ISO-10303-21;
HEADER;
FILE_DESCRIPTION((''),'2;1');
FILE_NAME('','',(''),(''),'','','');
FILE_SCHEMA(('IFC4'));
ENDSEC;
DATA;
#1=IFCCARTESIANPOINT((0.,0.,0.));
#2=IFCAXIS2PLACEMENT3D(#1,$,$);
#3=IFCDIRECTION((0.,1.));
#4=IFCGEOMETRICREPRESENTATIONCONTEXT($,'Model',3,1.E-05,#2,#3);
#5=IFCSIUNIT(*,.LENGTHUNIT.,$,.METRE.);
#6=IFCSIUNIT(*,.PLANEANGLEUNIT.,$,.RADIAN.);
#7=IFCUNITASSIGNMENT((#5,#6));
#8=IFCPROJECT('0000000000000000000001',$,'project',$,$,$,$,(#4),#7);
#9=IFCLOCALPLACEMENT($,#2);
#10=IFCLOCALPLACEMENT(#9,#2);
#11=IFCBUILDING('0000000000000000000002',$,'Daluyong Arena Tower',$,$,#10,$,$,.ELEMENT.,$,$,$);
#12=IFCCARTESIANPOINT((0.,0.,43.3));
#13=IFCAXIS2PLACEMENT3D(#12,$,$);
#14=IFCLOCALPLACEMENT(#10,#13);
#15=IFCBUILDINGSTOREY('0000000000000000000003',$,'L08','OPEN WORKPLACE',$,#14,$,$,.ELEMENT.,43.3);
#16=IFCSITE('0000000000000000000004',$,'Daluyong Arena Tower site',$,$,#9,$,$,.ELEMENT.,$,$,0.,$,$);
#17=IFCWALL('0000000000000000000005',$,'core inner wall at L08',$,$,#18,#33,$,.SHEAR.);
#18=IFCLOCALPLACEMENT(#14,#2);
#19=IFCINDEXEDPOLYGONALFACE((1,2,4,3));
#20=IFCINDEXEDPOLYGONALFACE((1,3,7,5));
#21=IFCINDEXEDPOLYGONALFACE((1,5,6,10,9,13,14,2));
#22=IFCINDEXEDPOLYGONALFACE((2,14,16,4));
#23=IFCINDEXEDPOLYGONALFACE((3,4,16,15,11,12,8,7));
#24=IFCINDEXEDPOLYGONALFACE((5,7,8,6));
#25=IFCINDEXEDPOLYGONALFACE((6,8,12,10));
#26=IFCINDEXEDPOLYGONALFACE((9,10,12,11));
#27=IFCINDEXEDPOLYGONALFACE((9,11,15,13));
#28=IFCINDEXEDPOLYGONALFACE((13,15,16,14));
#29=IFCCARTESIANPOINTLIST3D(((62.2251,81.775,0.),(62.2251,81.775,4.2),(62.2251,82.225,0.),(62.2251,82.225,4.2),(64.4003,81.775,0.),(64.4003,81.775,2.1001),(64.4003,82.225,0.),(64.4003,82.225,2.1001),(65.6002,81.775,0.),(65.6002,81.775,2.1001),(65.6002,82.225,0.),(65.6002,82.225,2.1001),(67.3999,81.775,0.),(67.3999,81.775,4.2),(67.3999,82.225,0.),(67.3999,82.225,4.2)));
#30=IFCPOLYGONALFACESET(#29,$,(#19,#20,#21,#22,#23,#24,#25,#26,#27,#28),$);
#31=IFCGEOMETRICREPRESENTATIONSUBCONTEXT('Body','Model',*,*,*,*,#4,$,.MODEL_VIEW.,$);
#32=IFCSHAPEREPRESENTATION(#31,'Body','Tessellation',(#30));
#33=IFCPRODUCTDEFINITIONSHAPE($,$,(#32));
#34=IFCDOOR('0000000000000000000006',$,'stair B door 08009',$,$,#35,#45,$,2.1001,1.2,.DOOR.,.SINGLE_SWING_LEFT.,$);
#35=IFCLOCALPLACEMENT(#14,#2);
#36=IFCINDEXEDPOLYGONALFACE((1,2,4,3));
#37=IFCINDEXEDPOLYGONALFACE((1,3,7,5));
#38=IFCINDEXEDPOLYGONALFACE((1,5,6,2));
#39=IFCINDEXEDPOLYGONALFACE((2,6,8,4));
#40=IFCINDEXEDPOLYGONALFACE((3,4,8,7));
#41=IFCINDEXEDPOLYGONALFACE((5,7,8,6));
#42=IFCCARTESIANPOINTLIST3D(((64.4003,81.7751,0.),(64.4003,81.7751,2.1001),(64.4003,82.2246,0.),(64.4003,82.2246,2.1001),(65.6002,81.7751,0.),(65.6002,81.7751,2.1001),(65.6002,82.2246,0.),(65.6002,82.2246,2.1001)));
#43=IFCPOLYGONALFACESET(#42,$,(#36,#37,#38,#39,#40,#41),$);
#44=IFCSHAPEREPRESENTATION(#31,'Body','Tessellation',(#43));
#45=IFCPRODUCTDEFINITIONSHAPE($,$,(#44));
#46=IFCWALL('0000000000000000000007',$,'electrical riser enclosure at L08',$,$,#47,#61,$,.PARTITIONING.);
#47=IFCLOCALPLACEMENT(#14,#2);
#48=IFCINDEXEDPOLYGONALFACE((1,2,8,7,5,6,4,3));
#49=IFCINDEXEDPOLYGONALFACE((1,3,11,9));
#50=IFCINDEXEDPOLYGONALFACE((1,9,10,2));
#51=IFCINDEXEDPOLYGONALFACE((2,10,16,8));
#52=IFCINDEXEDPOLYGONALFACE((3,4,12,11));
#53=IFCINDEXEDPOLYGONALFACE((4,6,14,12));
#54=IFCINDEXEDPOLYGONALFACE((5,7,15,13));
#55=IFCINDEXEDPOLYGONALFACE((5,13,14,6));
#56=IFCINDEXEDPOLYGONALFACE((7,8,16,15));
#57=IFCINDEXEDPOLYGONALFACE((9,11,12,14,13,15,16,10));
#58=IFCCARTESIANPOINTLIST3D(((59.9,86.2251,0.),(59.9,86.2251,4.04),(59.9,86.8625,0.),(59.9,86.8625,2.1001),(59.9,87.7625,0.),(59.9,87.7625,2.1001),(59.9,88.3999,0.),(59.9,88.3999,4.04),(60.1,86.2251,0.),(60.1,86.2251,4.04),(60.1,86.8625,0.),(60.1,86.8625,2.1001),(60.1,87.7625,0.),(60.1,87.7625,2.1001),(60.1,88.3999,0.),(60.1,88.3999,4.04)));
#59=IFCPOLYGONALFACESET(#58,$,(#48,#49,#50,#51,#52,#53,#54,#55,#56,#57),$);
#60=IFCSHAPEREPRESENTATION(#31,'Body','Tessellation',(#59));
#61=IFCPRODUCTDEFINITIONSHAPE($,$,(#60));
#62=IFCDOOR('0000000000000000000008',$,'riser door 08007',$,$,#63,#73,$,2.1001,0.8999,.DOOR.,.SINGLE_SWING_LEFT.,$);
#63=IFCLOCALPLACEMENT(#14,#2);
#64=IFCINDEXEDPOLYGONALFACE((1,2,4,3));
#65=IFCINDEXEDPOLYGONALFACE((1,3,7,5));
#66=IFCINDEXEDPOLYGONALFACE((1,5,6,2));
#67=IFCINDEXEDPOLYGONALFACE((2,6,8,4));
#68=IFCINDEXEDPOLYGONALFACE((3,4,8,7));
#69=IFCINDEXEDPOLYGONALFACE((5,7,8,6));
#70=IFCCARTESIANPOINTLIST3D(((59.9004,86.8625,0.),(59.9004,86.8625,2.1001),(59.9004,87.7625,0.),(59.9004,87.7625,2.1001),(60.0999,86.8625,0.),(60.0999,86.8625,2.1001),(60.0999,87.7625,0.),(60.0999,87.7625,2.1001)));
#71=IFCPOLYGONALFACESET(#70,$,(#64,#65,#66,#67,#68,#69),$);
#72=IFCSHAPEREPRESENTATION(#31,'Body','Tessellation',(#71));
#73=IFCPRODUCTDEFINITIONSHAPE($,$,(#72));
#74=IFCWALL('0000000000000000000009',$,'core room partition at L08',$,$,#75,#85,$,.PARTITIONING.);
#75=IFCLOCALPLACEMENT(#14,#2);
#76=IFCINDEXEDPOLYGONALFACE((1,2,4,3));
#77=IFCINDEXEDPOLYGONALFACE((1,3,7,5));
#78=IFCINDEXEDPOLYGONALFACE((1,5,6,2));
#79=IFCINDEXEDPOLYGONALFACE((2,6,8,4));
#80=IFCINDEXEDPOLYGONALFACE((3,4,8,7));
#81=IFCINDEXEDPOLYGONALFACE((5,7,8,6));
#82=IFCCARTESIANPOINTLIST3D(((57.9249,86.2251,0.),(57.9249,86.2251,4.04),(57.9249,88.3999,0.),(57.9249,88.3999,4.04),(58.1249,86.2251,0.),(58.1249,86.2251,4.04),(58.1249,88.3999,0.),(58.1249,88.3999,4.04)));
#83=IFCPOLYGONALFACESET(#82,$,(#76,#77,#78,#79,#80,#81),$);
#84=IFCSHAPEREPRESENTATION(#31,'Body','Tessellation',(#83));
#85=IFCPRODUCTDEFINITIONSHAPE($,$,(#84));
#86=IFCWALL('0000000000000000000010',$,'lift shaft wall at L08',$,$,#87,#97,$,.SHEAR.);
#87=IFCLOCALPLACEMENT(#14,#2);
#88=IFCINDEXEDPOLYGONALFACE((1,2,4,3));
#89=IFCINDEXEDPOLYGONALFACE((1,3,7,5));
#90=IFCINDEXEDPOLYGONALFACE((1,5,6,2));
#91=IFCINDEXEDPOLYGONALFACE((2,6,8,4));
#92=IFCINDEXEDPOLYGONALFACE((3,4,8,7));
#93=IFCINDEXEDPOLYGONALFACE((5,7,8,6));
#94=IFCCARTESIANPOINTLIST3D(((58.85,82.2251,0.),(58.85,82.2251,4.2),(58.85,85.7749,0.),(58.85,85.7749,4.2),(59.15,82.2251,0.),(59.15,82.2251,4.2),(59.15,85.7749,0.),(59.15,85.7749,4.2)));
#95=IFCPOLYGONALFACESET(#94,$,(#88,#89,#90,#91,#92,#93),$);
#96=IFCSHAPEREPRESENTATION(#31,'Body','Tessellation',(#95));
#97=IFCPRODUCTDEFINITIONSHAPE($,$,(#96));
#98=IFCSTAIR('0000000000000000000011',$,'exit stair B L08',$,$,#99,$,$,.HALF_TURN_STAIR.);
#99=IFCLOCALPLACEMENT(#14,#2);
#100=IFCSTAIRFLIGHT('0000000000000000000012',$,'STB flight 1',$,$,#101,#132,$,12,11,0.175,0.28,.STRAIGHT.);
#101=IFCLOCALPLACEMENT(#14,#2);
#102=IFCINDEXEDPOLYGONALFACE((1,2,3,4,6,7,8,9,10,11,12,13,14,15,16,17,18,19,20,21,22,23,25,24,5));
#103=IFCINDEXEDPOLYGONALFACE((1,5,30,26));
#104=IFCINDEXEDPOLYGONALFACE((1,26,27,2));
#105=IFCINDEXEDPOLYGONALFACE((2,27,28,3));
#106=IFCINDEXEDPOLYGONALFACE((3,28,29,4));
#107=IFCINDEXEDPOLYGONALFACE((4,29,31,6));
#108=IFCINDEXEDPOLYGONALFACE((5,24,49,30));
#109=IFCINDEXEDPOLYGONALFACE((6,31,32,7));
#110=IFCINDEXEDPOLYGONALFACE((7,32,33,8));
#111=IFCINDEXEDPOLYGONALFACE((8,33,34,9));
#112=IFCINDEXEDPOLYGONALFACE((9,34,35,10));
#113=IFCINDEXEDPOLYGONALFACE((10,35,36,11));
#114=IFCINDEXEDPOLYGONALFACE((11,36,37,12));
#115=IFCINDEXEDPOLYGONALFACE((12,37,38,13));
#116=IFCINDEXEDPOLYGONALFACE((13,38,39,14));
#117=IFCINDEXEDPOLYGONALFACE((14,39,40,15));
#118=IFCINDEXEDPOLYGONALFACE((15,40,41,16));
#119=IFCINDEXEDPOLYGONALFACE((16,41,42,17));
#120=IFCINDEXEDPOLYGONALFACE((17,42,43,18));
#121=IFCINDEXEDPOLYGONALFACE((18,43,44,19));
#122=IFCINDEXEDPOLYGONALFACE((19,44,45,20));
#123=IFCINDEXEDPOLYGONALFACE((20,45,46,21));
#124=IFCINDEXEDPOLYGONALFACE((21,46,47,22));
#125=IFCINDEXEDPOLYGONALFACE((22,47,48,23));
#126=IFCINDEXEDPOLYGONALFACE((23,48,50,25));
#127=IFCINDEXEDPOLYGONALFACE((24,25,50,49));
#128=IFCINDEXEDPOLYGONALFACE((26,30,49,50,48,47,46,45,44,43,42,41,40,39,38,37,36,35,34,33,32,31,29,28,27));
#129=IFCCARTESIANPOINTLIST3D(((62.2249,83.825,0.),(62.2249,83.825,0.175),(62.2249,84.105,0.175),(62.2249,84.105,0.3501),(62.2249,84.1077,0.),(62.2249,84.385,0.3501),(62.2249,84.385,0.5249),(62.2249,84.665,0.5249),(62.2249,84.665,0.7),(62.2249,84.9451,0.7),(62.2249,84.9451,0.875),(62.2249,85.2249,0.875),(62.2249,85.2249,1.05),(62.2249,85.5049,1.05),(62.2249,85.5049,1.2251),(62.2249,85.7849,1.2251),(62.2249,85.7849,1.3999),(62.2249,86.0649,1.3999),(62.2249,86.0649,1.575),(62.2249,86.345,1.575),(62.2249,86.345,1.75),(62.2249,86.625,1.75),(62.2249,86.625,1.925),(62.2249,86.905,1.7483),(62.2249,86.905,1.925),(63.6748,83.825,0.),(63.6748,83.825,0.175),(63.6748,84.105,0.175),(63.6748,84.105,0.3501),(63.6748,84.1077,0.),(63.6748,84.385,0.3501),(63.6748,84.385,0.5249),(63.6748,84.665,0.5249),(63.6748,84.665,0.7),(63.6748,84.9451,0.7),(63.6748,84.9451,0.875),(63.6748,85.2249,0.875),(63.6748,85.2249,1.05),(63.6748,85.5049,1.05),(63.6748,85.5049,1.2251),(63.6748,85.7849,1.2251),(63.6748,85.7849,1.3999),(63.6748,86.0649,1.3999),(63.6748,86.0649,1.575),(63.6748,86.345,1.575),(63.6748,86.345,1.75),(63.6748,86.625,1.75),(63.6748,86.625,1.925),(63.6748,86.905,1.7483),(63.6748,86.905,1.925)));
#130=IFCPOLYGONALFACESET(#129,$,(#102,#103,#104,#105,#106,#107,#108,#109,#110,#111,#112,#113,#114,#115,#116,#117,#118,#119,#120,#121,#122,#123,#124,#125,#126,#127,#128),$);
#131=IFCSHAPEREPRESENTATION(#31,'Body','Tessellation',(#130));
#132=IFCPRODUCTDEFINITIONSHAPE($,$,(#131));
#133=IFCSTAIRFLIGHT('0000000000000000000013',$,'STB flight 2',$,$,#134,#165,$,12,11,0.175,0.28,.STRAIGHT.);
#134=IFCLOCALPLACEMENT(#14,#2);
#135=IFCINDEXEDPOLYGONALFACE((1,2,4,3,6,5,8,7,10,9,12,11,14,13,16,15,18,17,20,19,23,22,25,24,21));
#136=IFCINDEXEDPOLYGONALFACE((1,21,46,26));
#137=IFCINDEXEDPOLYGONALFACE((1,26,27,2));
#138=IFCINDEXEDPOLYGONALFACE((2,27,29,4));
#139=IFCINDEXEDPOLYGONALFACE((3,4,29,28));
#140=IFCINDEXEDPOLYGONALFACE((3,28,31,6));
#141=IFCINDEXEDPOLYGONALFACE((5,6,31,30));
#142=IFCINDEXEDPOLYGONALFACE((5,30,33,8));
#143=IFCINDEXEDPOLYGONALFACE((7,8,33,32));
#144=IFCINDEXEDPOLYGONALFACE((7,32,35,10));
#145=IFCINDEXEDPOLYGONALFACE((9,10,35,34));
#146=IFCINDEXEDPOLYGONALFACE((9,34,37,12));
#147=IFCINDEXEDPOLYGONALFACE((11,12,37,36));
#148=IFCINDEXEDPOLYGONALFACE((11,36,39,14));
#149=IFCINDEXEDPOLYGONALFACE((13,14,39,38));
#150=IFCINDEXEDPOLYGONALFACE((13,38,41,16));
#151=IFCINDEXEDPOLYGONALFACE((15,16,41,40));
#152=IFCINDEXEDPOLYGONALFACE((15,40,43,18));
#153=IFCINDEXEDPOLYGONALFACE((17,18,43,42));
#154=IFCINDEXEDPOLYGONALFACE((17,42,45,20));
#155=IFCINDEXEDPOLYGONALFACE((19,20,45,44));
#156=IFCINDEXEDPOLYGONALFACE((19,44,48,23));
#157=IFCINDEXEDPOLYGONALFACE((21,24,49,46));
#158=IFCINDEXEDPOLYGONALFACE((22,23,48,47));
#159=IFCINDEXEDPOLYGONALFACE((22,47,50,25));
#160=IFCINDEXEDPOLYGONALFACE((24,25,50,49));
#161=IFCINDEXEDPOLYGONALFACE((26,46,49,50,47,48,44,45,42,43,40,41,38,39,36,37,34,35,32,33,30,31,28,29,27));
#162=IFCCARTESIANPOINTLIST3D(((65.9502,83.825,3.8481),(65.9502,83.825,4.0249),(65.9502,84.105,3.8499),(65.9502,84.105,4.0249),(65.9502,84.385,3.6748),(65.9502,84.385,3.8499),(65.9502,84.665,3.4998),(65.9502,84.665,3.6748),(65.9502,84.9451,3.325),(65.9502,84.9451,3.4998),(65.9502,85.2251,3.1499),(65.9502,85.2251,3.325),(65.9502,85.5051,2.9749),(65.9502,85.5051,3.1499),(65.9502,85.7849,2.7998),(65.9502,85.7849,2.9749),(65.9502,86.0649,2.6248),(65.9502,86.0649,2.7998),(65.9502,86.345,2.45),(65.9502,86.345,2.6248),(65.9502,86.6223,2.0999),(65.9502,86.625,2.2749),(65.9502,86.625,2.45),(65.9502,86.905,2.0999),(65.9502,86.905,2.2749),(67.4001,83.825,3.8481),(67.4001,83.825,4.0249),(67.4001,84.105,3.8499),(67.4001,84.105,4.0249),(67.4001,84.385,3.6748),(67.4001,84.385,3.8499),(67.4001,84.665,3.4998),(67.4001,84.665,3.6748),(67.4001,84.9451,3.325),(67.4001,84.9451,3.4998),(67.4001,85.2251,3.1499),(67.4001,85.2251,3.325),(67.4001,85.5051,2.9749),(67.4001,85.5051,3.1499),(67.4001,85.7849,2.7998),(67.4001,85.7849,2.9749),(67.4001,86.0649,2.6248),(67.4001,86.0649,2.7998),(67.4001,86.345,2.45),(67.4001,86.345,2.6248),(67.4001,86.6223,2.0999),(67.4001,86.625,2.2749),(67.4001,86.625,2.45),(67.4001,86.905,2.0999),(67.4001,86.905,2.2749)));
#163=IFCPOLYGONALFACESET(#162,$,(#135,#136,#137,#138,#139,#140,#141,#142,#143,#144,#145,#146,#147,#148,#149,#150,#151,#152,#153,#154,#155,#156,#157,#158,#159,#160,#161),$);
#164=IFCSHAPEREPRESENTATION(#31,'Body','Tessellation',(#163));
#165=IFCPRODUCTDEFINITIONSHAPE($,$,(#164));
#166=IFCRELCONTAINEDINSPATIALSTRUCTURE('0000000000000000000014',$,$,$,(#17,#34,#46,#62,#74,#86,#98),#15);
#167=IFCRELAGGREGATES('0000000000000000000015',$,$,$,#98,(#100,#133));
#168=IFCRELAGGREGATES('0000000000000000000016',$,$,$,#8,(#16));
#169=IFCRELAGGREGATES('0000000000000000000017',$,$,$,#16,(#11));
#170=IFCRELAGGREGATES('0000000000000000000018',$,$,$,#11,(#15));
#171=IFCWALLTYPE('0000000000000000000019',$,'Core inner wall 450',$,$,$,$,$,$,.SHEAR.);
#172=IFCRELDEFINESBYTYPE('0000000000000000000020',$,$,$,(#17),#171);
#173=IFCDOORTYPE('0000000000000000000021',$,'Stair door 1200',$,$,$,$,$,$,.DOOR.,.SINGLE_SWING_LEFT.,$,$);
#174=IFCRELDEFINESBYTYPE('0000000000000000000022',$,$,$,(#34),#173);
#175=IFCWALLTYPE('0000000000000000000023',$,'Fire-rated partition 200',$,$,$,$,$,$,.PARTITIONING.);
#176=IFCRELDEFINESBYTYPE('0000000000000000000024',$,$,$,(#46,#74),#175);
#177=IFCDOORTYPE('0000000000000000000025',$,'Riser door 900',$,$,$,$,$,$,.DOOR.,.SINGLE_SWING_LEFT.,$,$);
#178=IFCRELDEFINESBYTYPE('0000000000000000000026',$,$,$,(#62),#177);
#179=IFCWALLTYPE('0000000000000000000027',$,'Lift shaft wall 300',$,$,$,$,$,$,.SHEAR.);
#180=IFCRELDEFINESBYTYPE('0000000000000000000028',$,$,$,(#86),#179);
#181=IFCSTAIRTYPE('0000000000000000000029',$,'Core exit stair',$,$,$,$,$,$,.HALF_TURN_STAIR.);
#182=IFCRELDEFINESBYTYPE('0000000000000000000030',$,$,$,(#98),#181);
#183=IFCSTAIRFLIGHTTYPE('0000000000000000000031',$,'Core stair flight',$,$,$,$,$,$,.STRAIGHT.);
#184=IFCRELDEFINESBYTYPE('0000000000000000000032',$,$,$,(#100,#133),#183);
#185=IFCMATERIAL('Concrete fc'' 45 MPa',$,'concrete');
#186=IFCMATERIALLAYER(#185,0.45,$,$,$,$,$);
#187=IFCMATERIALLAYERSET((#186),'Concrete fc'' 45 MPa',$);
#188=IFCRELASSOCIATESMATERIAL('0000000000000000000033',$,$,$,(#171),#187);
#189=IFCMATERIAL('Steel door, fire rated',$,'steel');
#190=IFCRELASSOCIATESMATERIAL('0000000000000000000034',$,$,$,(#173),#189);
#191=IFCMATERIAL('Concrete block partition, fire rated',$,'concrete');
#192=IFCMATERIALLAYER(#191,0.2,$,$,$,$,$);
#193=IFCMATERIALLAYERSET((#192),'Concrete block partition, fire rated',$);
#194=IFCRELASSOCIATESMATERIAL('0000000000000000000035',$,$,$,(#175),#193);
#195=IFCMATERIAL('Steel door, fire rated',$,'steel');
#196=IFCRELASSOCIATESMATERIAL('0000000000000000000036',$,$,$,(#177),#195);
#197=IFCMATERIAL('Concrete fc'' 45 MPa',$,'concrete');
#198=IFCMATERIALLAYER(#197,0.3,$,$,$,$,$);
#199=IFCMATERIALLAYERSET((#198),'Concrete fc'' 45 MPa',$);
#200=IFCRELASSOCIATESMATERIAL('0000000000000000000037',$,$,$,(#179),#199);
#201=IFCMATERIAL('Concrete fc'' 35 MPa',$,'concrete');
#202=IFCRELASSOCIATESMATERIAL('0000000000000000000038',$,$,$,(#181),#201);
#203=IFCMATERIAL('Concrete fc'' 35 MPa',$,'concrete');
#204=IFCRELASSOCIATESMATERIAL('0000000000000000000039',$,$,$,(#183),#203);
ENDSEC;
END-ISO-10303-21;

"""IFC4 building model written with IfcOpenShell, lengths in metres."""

from ifc_helpers import new_model, si_unit, direction, frame, frame_2d, origin, place, context, subcontext, project, spatial, polyline, rectangle, outline, extrude, material, layer, layer_set, type_object, element, fill, aggregate, save


model = new_model("IFC4")

# Units and contexts
model_context = context("Model", 3, precision=1e-05, world=origin(), true_north=direction((0.0, 1.0)))
body_context = subcontext(model_context, "Body", "Model", "MODEL_VIEW")
ifc_project = project(units=[si_unit("LENGTHUNIT", "METRE"), si_unit("PLANEANGLEUNIT", "RADIAN")], contexts=[model_context])

# Site, building, storey
site_placement = place(None, origin())
site = spatial("IfcSite", under=ifc_project, at=site_placement, Name="Daluyong Arena Tower site", CompositionType="ELEMENT", RefElevation=0.0)
building_placement = place(site_placement, origin())
building = spatial("IfcBuilding", under=site, at=building_placement, Name="Daluyong Arena Tower", CompositionType="ELEMENT")
storey_placement = place(building_placement, frame((0.0, 0.0, 43.3)))
storey = spatial("IfcBuildingStorey", under=building, at=storey_placement, Name="L08", Description="OPEN WORKPLACE", CompositionType="ELEMENT", Elevation=43.3)

# Walls, openings, doors
ifc_material_1 = material(Name="Concrete fc' 45 MPa", Category="concrete")
ifc_layer_1 = layer(ifc_material_1, 0.45)
ifc_layer_set_1 = layer_set([ifc_layer_1], Name="Concrete fc' 45 MPa")
wall_type_1 = type_object("IfcWallType", Name="Core inner wall 450", PredefinedType="SHEAR", material=ifc_layer_set_1)
wall_1_placement = place(storey_placement, frame((62.2251, 82.0, 0.0), z_axis=(0.0, 0.0, 1.0), x_axis=(1.0, 0.0, 0.0)))
wall_1 = element("IfcWall", 1, at=wall_1_placement, inside=storey, type_object=wall_type_1, Name="core inner wall at L08", PredefinedType="SHEAR", context=body_context, shape_type="SweptSolid", body=[
    extrude(rectangle(XDim=5.1748, YDim=0.45, at=frame_2d((2.5874, 0.0))), origin(), (0.0, 0.0, 1.0), 4.2),
])
opening_1_placement = place(wall_1_placement, frame((2.175, 0.0, 0.0)))
opening_1 = element("IfcOpeningElement", 2, at=opening_1_placement, cuts=wall_1, PredefinedType="OPENING", context=body_context, shape_type="SweptSolid", body=[
    extrude(rectangle(XDim=1.2, YDim=2.1001, at=frame_2d((0.6001, 1.05))), frame((0.0, 0.2349, 0.0), z_axis=(0.0, -1.0, 0.0), x_axis=(1.0, 0.0, 0.0)), (0.0, 0.0, 1.0), 0.47),
])
ifc_material_2 = material(Name="Steel door, fire rated", Category="steel")
door_type_1 = type_object("IfcDoorType", Name="Stair door 1200", OperationType="SINGLE_SWING_LEFT", PredefinedType="DOOR", material=ifc_material_2)
door_1_placement = place(opening_1_placement, origin())
door_1 = element("IfcDoor", 3, at=door_1_placement, inside=storey, type_object=door_type_1, Name="stair B door 08009", OperationType="SINGLE_SWING_LEFT", OverallHeight=2.1001, OverallWidth=1.2, PredefinedType="DOOR", context=body_context, shape_type="SweptSolid", body=[
    extrude(rectangle(XDim=1.2, YDim=2.1001, at=frame_2d((0.6001, 1.05))), frame((0.0, 0.2246, 0.0), z_axis=(0.0, -1.0, 0.0), x_axis=(1.0, 0.0, 0.0)), (0.0, 0.0, 1.0), 0.4495),
])
fill(opening_1, door_1)
ifc_material_3 = material(Name="Concrete block partition, fire rated", Category="concrete")
ifc_layer_2 = layer(ifc_material_3, 0.2)
ifc_layer_set_2 = layer_set([ifc_layer_2], Name="Concrete block partition, fire rated")
wall_type_2 = type_object("IfcWallType", Name="Fire-rated partition 200", PredefinedType="PARTITIONING", material=ifc_layer_set_2)
wall_2_placement = place(storey_placement, frame((60.0, 86.2251, 0.0), z_axis=(0.0, 0.0, 1.0), x_axis=(0.0, 1.0, 0.0)))
wall_2 = element("IfcWall", 4, at=wall_2_placement, inside=storey, type_object=wall_type_2, Name="electrical riser enclosure at L08", PredefinedType="PARTITIONING", context=body_context, shape_type="SweptSolid", body=[
    extrude(rectangle(XDim=2.1748, YDim=0.2, at=frame_2d((1.0874, 0.0))), origin(), (0.0, 0.0, 1.0), 4.04),
])
opening_2_placement = place(wall_2_placement, frame((0.6375, 0.0, 0.0)))
opening_2 = element("IfcOpeningElement", 5, at=opening_2_placement, cuts=wall_2, PredefinedType="OPENING", context=body_context, shape_type="SweptSolid", body=[
    extrude(rectangle(XDim=0.8999, YDim=2.1001, at=frame_2d((0.45, 1.05))), frame((0.0, 0.1099, 0.0), z_axis=(0.0, -1.0, 0.0), x_axis=(1.0, 0.0, 0.0)), (0.0, 0.0, 1.0), 0.22),
])
ifc_material_4 = material(Name="Steel door, fire rated", Category="steel")
door_type_2 = type_object("IfcDoorType", Name="Riser door 900", OperationType="SINGLE_SWING_LEFT", PredefinedType="DOOR", material=ifc_material_4)
door_2_placement = place(opening_2_placement, origin())
door_2 = element("IfcDoor", 6, at=door_2_placement, inside=storey, type_object=door_type_2, Name="riser door 08007", OperationType="SINGLE_SWING_LEFT", OverallHeight=2.1001, OverallWidth=0.8999, PredefinedType="DOOR", context=body_context, shape_type="SweptSolid", body=[
    extrude(rectangle(XDim=0.8999, YDim=2.1001, at=frame_2d((0.45, 1.05))), frame((0.0, 0.0996, 0.0), z_axis=(0.0, -1.0, 0.0), x_axis=(1.0, 0.0, 0.0)), (0.0, 0.0, 1.0), 0.1995),
])
fill(opening_2, door_2)

# Walls
wall_3_placement = place(storey_placement, frame((58.0249, 86.2251, 0.0), z_axis=(0.0, 0.0, 1.0), x_axis=(0.0, 1.0, 0.0)))
element("IfcWall", 7, at=wall_3_placement, inside=storey, type_object=wall_type_2, Name="core room partition at L08", PredefinedType="PARTITIONING", context=body_context, shape_type="SweptSolid", body=[
    extrude(rectangle(XDim=2.1748, YDim=0.2, at=frame_2d((1.0874, 0.0))), origin(), (0.0, 0.0, 1.0), 4.04),
])
ifc_material_5 = material(Name="Concrete fc' 45 MPa", Category="concrete")
ifc_layer_3 = layer(ifc_material_5, 0.3)
ifc_layer_set_3 = layer_set([ifc_layer_3], Name="Concrete fc' 45 MPa")
wall_type_3 = type_object("IfcWallType", Name="Lift shaft wall 300", PredefinedType="SHEAR", material=ifc_layer_set_3)
wall_4_placement = place(storey_placement, frame((59.0, 82.2251, 0.0), z_axis=(0.0, 0.0, 1.0), x_axis=(0.0, 1.0, 0.0)))
element("IfcWall", 8, at=wall_4_placement, inside=storey, type_object=wall_type_3, Name="lift shaft wall at L08", PredefinedType="SHEAR", context=body_context, shape_type="SweptSolid", body=[
    extrude(rectangle(XDim=3.5498, YDim=0.3, at=frame_2d((1.7749, 0.0))), origin(), (0.0, 0.0, 1.0), 4.2),
])

# Stair, stair flights
ifc_material_6 = material(Name="Concrete fc' 35 MPa", Category="concrete")
stair_type = type_object("IfcStairType", Name="Core exit stair", PredefinedType="HALF_TURN_STAIR", material=ifc_material_6)
stair_placement = place(storey_placement, origin())
stair = element("IfcStair", 9, at=stair_placement, inside=storey, type_object=stair_type, Name="exit stair B L08", PredefinedType="HALF_TURN_STAIR")
ifc_material_7 = material(Name="Concrete fc' 35 MPa", Category="concrete")
stair_flight_type = type_object("IfcStairFlightType", Name="Core stair flight", PredefinedType="STRAIGHT", material=ifc_material_7)
stair_flight_1_placement = place(storey_placement, frame((62.95, 83.825, 0.0), z_axis=(0.0, 0.0, 1.0), x_axis=(0.0, 1.0, 0.0)))
stair_flight_1 = element("IfcStairFlight", 10, at=stair_flight_1_placement, type_object=stair_flight_type, Name="STB flight 1", NumberOfRisers=12, NumberOfTreads=11, PredefinedType="STRAIGHT", RiserHeight=0.175, TreadLength=0.28, context=body_context, shape_type="SweptSolid", body=[
    extrude(outline(polyline([(0.0, 0.0), (0.0, 0.175), (0.28, 0.175), (0.28, 0.3501), (0.5601, 0.3501), (0.5601, 0.5249), (0.8401, 0.5249), (0.8401, 0.7), (1.1201, 0.7), (1.1201, 0.875), (1.3999, 0.875), (1.3999, 1.05), (1.6799, 1.05), (1.6799, 1.2251), (1.96, 1.2251), (1.96, 1.3999), (2.24, 1.3999), (2.24, 1.575), (2.52, 1.575), (2.52, 1.75), (2.8, 1.75), (2.8, 1.925), (3.0801, 1.925), (3.0801, 2.1001), (3.0801, 1.7483), (0.2827, 0.0), (0.0, 0.0)])), frame((0.0, 0.7251, 0.0), z_axis=(0.0, -1.0, 0.0), x_axis=(1.0, 0.0, 0.0)), (0.0, 0.0, 1.0), 1.45),
])
stair_flight_2_placement = place(storey_placement, frame((66.675, 86.905, 2.0999), z_axis=(0.0, 0.0, 1.0), x_axis=(0.0, -1.0, 0.0)))
stair_flight_2 = element("IfcStairFlight", 11, at=stair_flight_2_placement, type_object=stair_flight_type, Name="STB flight 2", NumberOfRisers=12, NumberOfTreads=11, PredefinedType="STRAIGHT", RiserHeight=0.175, TreadLength=0.28, context=body_context, shape_type="SweptSolid", body=[
    extrude(outline(polyline([(0.0, 0.0), (0.0, 0.175), (0.28, 0.175), (0.28, 0.3501), (0.5601, 0.3501), (0.5601, 0.5249), (0.8401, 0.5249), (0.8401, 0.7), (1.1201, 0.7), (1.1201, 0.875), (1.3999, 0.875), (1.3999, 1.05), (1.6799, 1.05), (1.6799, 1.2251), (1.96, 1.2251), (1.96, 1.3999), (2.24, 1.3999), (2.24, 1.575), (2.52, 1.575), (2.52, 1.75), (2.8, 1.75), (2.8, 1.925), (3.0801, 1.925), (3.0801, 2.1001), (3.0801, 1.7483), (0.2827, 0.0), (0.0, 0.0)])), frame((0.0, 0.7251, 0.0), z_axis=(0.0, -1.0, 0.0), x_axis=(1.0, 0.0, 0.0)), (0.0, 0.0, 1.0), 1.45),
])
aggregate(stair, [stair_flight_1, stair_flight_2])

save(model, "model.ifc")
